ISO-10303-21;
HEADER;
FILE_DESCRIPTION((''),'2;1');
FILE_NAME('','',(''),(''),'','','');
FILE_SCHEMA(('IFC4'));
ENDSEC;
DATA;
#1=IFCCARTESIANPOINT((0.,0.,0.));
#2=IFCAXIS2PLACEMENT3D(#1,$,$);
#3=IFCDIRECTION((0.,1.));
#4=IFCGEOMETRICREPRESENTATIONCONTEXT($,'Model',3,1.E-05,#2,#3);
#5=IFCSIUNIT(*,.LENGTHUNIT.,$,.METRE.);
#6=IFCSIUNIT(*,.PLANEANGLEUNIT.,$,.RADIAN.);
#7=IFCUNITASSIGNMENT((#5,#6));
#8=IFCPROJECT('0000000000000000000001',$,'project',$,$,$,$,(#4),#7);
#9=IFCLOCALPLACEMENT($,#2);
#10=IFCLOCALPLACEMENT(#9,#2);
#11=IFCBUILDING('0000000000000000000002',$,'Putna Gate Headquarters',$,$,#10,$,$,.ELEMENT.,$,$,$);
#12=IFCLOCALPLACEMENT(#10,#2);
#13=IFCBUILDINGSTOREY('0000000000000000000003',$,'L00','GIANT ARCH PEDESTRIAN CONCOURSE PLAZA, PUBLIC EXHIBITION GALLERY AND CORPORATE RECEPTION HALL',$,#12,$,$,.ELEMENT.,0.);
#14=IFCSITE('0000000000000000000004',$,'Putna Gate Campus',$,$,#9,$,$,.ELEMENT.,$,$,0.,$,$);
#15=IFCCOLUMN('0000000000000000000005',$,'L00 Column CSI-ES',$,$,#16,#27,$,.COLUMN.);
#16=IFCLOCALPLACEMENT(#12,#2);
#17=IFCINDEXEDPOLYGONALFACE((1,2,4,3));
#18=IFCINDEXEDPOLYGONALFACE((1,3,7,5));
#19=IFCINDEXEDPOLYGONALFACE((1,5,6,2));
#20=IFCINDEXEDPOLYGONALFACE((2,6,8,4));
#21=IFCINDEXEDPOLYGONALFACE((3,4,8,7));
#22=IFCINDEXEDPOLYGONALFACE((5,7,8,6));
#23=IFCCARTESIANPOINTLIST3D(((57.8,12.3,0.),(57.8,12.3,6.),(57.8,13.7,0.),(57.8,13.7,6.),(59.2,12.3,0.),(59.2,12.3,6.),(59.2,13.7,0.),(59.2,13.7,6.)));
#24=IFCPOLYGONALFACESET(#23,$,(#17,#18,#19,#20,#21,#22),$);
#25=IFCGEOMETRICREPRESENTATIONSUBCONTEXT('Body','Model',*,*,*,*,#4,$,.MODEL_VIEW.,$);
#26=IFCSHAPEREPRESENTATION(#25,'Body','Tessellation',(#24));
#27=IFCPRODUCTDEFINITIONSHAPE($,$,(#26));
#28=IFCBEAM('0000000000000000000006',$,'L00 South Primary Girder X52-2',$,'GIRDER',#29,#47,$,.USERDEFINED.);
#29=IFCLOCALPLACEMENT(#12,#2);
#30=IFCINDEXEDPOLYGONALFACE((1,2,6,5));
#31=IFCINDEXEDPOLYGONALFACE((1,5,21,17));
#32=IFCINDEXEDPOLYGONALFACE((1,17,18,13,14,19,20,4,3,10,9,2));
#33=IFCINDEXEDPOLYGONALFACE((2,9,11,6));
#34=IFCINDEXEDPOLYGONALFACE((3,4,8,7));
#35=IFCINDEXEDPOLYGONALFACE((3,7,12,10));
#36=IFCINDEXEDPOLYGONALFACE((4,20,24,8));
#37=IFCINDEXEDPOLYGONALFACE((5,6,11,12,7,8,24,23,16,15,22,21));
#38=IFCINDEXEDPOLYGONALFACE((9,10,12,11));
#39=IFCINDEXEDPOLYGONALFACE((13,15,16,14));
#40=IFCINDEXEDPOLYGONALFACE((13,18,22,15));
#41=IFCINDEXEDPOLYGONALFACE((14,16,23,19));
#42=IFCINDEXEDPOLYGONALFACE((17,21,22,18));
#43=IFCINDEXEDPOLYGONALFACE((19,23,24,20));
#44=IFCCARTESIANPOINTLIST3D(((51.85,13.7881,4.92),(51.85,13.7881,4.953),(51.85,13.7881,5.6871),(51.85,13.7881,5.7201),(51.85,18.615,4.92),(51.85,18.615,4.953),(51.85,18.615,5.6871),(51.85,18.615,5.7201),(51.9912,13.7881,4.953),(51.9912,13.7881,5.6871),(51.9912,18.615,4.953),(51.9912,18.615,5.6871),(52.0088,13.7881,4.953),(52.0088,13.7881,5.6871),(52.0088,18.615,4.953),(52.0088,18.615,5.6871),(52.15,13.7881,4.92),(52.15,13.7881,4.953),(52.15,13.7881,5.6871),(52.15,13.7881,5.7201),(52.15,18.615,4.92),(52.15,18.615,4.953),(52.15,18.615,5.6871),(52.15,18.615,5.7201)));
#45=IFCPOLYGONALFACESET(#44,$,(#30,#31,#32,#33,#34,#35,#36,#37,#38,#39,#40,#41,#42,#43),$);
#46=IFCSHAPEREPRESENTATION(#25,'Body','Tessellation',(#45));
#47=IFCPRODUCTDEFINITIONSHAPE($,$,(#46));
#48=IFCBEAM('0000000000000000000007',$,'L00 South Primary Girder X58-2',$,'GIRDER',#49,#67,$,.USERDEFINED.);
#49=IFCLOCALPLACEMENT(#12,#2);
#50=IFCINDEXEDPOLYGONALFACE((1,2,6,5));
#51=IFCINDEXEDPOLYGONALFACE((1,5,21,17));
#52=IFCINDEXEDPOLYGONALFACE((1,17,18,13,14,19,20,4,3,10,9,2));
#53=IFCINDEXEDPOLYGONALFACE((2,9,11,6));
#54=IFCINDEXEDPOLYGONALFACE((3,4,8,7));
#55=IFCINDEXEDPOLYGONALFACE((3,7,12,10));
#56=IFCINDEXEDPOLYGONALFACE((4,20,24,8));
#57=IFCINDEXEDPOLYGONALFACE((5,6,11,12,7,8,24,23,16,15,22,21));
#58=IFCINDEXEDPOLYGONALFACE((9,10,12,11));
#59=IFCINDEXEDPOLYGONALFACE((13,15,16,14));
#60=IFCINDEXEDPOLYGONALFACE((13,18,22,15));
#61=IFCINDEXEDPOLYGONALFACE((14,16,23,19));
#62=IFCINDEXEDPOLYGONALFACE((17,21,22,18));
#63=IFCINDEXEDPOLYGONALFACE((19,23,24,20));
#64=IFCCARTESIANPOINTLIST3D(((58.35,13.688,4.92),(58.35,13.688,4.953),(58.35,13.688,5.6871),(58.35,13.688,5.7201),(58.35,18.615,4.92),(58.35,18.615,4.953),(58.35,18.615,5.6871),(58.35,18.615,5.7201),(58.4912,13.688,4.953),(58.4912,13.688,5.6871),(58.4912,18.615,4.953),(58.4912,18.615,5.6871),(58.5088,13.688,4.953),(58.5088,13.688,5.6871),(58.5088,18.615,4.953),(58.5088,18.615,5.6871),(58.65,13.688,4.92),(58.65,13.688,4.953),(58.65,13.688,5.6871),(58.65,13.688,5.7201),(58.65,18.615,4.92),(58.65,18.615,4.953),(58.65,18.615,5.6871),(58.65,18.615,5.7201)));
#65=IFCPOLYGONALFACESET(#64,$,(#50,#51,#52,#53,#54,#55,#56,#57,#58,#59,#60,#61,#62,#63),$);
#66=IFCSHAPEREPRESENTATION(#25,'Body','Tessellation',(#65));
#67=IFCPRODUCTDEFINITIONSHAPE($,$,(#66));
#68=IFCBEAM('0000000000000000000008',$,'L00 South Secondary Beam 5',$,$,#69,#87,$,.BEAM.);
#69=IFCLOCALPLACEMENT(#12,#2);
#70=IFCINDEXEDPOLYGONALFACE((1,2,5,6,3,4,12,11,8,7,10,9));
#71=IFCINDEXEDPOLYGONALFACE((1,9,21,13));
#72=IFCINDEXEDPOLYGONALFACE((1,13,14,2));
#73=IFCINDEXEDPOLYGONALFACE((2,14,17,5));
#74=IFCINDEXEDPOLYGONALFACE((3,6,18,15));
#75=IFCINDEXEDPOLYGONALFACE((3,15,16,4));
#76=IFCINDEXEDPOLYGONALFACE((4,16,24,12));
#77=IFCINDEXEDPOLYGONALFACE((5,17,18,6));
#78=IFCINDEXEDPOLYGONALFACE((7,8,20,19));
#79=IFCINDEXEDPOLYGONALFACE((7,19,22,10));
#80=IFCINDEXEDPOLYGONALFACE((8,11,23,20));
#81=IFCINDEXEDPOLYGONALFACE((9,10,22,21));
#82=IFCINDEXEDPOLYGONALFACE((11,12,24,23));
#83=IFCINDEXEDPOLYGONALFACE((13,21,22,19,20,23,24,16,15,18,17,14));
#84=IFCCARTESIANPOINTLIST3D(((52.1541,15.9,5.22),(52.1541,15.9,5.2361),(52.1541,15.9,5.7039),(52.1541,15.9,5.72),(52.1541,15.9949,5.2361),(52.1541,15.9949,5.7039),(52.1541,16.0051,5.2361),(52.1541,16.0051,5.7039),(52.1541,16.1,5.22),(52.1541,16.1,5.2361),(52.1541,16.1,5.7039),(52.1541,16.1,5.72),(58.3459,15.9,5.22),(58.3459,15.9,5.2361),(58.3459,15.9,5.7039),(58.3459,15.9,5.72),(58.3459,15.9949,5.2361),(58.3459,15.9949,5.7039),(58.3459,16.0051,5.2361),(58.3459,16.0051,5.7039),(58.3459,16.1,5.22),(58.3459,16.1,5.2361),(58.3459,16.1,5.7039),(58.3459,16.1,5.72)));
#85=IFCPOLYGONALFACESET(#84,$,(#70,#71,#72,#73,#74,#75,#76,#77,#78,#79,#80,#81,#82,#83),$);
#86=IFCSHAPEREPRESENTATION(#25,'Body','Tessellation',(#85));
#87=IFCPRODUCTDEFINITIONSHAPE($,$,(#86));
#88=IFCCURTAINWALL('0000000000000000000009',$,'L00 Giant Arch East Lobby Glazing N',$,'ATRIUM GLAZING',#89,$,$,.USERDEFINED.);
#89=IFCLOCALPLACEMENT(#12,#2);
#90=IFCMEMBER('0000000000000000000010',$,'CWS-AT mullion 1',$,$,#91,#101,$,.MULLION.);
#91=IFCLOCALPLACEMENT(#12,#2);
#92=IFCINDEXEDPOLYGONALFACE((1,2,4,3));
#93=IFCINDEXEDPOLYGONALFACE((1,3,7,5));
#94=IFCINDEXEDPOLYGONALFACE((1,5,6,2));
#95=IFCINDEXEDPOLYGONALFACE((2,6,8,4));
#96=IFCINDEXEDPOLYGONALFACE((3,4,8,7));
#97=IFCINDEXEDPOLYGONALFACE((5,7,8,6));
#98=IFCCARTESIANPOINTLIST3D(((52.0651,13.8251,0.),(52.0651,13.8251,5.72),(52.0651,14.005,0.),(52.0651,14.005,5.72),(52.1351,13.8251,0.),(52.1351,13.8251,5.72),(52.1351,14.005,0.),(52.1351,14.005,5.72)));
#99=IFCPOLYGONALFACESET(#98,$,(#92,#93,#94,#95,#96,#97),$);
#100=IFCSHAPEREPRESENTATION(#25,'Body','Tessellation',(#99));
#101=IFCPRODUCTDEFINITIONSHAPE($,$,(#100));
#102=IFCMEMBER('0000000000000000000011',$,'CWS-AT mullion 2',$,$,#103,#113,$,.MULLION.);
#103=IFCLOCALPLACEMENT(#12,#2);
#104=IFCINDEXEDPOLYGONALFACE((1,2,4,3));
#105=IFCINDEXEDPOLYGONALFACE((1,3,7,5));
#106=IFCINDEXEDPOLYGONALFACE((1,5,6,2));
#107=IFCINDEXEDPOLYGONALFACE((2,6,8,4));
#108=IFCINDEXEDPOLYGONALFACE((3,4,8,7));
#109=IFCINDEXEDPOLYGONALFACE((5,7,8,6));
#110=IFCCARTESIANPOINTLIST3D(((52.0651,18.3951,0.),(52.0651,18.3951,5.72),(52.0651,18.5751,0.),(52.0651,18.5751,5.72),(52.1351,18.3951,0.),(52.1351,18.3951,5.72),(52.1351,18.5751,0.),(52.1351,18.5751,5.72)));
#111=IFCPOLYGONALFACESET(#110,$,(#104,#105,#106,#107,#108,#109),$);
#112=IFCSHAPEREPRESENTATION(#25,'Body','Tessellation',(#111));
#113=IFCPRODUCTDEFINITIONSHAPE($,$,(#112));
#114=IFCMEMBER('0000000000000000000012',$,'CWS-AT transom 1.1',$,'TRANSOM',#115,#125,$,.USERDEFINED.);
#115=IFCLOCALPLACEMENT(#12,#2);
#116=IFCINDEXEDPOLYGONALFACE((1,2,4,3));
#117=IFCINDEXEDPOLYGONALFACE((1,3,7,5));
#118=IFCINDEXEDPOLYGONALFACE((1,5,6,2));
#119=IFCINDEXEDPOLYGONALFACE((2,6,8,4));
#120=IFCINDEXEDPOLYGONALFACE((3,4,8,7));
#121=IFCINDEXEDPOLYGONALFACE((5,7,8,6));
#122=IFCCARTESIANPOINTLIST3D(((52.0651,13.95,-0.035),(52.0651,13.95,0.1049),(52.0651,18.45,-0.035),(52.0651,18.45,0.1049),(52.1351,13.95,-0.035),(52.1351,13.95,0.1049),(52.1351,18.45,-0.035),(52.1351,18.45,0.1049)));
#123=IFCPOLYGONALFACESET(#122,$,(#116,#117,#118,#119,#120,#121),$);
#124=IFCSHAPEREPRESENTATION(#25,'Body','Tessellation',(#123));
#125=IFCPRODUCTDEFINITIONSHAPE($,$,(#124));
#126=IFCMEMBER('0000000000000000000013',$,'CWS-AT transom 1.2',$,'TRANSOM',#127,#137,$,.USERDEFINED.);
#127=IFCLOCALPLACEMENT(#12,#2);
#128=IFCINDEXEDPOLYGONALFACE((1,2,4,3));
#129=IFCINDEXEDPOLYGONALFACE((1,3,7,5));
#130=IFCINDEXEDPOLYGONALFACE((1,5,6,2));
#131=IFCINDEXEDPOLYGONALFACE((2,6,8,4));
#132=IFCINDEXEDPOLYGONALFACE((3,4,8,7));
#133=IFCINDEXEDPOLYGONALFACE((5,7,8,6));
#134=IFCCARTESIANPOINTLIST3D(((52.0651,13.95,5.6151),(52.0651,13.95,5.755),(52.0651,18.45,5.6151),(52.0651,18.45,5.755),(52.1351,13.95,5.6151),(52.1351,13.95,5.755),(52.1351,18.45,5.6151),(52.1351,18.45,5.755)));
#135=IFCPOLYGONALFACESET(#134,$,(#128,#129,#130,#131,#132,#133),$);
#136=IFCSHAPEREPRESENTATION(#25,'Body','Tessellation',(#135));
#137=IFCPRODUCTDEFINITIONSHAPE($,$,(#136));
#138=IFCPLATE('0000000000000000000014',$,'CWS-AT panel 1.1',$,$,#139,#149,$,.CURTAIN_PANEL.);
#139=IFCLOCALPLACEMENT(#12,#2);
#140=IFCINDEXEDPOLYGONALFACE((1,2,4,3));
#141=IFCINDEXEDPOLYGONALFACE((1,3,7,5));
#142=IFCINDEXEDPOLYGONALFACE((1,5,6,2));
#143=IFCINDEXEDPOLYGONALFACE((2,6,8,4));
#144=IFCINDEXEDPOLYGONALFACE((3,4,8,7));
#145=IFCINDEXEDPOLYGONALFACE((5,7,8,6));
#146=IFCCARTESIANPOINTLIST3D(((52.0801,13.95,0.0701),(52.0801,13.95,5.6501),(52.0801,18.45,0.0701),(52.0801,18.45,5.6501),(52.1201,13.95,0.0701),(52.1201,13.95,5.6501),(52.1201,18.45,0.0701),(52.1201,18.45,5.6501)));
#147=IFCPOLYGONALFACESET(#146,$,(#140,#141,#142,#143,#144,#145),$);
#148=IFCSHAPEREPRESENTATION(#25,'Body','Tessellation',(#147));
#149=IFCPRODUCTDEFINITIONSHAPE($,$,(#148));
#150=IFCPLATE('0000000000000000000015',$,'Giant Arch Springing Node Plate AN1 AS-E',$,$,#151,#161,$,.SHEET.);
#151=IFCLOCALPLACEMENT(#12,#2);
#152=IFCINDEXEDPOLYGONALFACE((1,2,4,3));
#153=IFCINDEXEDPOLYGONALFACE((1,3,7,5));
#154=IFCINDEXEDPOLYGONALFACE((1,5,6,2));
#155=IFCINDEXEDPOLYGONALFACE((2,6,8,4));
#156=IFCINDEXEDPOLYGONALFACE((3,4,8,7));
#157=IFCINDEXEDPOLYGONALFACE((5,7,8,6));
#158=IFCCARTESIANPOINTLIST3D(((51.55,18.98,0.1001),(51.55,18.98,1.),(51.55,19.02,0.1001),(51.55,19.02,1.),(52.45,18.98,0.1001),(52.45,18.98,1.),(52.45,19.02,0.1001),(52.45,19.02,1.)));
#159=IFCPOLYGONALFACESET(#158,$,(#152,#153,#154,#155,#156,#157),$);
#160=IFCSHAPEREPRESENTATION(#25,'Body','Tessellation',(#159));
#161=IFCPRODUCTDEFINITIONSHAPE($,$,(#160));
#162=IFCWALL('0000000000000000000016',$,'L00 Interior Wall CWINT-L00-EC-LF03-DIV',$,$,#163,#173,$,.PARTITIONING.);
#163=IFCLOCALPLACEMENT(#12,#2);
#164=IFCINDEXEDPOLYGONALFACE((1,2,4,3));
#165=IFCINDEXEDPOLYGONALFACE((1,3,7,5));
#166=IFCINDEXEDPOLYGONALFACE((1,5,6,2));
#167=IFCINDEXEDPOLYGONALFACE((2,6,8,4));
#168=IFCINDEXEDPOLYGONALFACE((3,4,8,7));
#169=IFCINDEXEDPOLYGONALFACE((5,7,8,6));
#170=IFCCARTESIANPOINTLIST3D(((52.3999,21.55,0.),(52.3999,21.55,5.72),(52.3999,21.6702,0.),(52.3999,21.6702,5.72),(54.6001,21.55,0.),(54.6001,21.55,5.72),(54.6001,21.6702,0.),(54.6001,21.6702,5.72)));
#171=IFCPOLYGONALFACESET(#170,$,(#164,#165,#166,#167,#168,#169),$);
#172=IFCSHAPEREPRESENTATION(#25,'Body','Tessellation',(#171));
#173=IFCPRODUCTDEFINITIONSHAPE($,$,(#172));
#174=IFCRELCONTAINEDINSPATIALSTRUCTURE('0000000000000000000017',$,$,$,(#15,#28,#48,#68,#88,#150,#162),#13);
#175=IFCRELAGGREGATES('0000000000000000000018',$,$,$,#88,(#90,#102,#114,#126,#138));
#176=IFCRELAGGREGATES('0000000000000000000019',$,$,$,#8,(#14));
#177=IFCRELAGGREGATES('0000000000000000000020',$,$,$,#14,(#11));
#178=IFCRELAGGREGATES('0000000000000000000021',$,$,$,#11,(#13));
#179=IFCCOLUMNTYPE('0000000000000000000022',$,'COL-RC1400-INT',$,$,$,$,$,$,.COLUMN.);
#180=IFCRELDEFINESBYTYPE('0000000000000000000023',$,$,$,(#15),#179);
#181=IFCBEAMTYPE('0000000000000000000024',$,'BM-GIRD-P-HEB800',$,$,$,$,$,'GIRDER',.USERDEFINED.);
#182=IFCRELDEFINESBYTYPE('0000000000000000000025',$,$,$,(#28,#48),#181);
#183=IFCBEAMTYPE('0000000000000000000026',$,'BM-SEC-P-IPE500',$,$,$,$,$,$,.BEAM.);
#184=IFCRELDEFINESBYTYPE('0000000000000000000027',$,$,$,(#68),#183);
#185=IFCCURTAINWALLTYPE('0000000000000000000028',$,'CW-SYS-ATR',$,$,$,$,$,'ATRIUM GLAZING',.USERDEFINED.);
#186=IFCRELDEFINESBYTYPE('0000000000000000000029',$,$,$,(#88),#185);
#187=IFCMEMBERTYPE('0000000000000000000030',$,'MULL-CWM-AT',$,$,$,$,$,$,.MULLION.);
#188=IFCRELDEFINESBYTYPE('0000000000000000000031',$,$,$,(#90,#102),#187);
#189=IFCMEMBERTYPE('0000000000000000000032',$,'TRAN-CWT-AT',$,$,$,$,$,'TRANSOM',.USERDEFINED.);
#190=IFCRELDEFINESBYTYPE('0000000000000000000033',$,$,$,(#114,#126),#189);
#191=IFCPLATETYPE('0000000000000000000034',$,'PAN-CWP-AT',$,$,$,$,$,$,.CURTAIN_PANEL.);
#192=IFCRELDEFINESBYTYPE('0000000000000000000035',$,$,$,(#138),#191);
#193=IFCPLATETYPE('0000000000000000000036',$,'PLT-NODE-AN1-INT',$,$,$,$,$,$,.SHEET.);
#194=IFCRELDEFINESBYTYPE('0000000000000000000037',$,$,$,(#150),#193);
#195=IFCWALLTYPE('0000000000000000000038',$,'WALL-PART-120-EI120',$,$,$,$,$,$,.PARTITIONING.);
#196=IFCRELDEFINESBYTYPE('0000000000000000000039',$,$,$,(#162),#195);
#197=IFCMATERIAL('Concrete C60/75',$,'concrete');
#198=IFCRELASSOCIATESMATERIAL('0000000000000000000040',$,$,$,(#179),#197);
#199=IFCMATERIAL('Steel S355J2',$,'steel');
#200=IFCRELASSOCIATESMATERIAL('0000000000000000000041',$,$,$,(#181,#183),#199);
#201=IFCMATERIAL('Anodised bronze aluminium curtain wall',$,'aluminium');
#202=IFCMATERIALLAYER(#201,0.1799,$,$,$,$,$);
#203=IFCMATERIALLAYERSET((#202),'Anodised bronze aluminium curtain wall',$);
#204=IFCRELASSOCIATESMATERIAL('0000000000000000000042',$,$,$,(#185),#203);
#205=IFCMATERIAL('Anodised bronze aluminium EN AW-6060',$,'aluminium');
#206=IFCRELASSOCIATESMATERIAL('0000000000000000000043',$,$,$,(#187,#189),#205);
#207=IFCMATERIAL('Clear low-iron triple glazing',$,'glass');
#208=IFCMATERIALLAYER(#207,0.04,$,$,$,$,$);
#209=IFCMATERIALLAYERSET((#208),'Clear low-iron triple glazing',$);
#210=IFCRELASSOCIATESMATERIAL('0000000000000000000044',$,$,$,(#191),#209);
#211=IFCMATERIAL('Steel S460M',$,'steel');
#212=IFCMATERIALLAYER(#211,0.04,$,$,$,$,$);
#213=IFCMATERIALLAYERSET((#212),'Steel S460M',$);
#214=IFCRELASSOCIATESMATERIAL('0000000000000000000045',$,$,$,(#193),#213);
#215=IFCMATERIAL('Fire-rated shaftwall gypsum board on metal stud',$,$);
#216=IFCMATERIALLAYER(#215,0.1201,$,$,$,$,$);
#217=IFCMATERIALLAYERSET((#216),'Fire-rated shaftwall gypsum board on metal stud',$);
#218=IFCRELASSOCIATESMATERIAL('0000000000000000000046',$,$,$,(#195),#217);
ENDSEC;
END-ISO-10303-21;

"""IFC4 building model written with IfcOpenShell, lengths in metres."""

from ifc_helpers import new_model, si_unit, direction, frame, frame_2d, origin, origin_2d, place, context, subcontext, project, spatial, rectangle, i_section, extrude, material, layer, layer_set, material_profile, profile_set, type_object, element, aggregate, save


model = new_model("IFC4")

# Units and contexts
model_context = context("Model", 3, precision=1e-05, world=origin(), true_north=direction((0.0, 1.0)))
body_context = subcontext(model_context, "Body", "Model", "MODEL_VIEW")
ifc_project = project(units=[si_unit("LENGTHUNIT", "METRE"), si_unit("PLANEANGLEUNIT", "RADIAN")], contexts=[model_context])

# Site, building, storey
site_placement = place(None, origin())
site = spatial("IfcSite", under=ifc_project, at=site_placement, Name="Putna Gate Campus", CompositionType="ELEMENT", RefElevation=0.0)
building_placement = place(site_placement, origin())
building = spatial("IfcBuilding", under=site, at=building_placement, Name="Putna Gate Headquarters", CompositionType="ELEMENT")
storey_placement = place(building_placement, origin())
storey = spatial("IfcBuildingStorey", under=building, at=storey_placement, Name="L00", Description="GIANT ARCH PEDESTRIAN CONCOURSE PLAZA, PUBLIC EXHIBITION GALLERY AND CORPORATE RECEPTION HALL", CompositionType="ELEMENT", Elevation=0.0)

# Column
ifc_material_1 = material(Name="Concrete C60/75", Category="concrete")
ifc_material_profile_1 = material_profile(ifc_material_1, rectangle(XDim=1.3999, YDim=1.3999, at=origin_2d()), Name="Concrete C60/75")
ifc_profile_set_1 = profile_set([ifc_material_profile_1], Name="Concrete C60/75")
column_type = type_object("IfcColumnType", Name="COL-RC1400-INT", PredefinedType="COLUMN", material=ifc_profile_set_1)
column_placement = place(storey_placement, frame((58.5, 13.0, 0.0), z_axis=(0.0, 0.0, 1.0), x_axis=(1.0, 0.0, 0.0)))
element("IfcColumn", 1, at=column_placement, inside=storey, type_object=column_type, Name="L00 Column CSI-ES", PredefinedType="COLUMN", context=body_context, shape_type="SweptSolid", body=[
    extrude(rectangle(XDim=1.3999, YDim=1.3999, at=origin_2d()), origin(), (0.0, 0.0, 1.0), 6.0),
])

# Beams
ifc_material_2 = material(Name="Steel S355J2", Category="steel")
ifc_material_profile_2 = material_profile(ifc_material_2, i_section(OverallWidth=0.3, OverallDepth=0.8, WebThickness=0.0176, FlangeThickness=0.033, at=origin_2d()), Name="Steel S355J2")
ifc_profile_set_2 = profile_set([ifc_material_profile_2], Name="Steel S355J2")
beam_type_1 = type_object("IfcBeamType", Name="BM-GIRD-P-HEB800", ElementType="GIRDER", PredefinedType="USERDEFINED", material=ifc_profile_set_2)
beam_1_placement = place(storey_placement, frame((52.0, 13.7881, 5.3201), z_axis=(0.0, 1.0, 0.0), x_axis=(-1.0, 0.0, 0.0)))
element("IfcBeam", 2, at=beam_1_placement, inside=storey, type_object=beam_type_1, Name="L00 South Primary Girder X52-2", ObjectType="GIRDER", PredefinedType="USERDEFINED", context=body_context, shape_type="SweptSolid", body=[
    extrude(i_section(OverallWidth=0.3, OverallDepth=0.8, WebThickness=0.0176, FlangeThickness=0.033, at=origin_2d()), origin(), (0.0, 0.0, 1.0), 4.8269),
])
beam_2_placement = place(storey_placement, frame((58.5, 13.688, 5.3201), z_axis=(0.0, 1.0, 0.0), x_axis=(-1.0, 0.0, 0.0)))
element("IfcBeam", 3, at=beam_2_placement, inside=storey, type_object=beam_type_1, Name="L00 South Primary Girder X58-2", ObjectType="GIRDER", PredefinedType="USERDEFINED", context=body_context, shape_type="SweptSolid", body=[
    extrude(i_section(OverallWidth=0.3, OverallDepth=0.8, WebThickness=0.0176, FlangeThickness=0.033, at=origin_2d()), origin(), (0.0, 0.0, 1.0), 4.927),
])
ifc_material_profile_3 = material_profile(ifc_material_2, i_section(OverallWidth=0.2, OverallDepth=0.5, WebThickness=0.0103, FlangeThickness=0.0161, at=origin_2d()), Name="Steel S355J2")
ifc_profile_set_3 = profile_set([ifc_material_profile_3], Name="Steel S355J2")
beam_type_2 = type_object("IfcBeamType", Name="BM-SEC-P-IPE500", PredefinedType="BEAM", material=ifc_profile_set_3)
beam_3_placement = place(storey_placement, frame((52.1541, 16.0, 5.47), z_axis=(1.0, 0.0, 0.0), x_axis=(0.0, 1.0, 0.0)))
element("IfcBeam", 4, at=beam_3_placement, inside=storey, type_object=beam_type_2, Name="L00 South Secondary Beam 5", PredefinedType="BEAM", context=body_context, shape_type="SweptSolid", body=[
    extrude(i_section(OverallWidth=0.2, OverallDepth=0.5, WebThickness=0.0103, FlangeThickness=0.0161, at=origin_2d()), origin(), (0.0, 0.0, 1.0), 6.1919),
])

# Curtain wall, members, plate
ifc_material_3 = material(Name="Anodised bronze aluminium curtain wall", Category="aluminium")
ifc_layer_1 = layer(ifc_material_3, 0.1799)
ifc_layer_set_1 = layer_set([ifc_layer_1], Name="Anodised bronze aluminium curtain wall")
curtain_wall_type = type_object("IfcCurtainWallType", Name="CW-SYS-ATR", ElementType="ATRIUM GLAZING", PredefinedType="USERDEFINED", material=ifc_layer_set_1)
curtain_wall_placement = place(storey_placement, origin())
curtain_wall = element("IfcCurtainWall", 5, at=curtain_wall_placement, inside=storey, type_object=curtain_wall_type, Name="L00 Giant Arch East Lobby Glazing N", ObjectType="ATRIUM GLAZING", PredefinedType="USERDEFINED")
ifc_material_4 = material(Name="Anodised bronze aluminium EN AW-6060", Category="aluminium")
ifc_material_profile_4 = material_profile(ifc_material_4, rectangle(XDim=0.0701, YDim=0.1799, at=origin_2d()), Name="Anodised bronze aluminium EN AW-6060")
ifc_profile_set_4 = profile_set([ifc_material_profile_4], Name="Anodised bronze aluminium EN AW-6060")
member_type_1 = type_object("IfcMemberType", Name="MULL-CWM-AT", PredefinedType="MULLION", material=ifc_profile_set_4)
member_1_placement = place(storey_placement, frame((52.1001, 13.915, 0.0), z_axis=(0.0, 0.0, 1.0), x_axis=(-1.0, 0.0, 0.0)))
member_1 = element("IfcMember", 6, at=member_1_placement, type_object=member_type_1, Name="CWS-AT mullion 1", PredefinedType="MULLION", context=body_context, shape_type="SweptSolid", body=[
    extrude(rectangle(XDim=0.0701, YDim=0.1799, at=origin_2d()), origin(), (0.0, 0.0, 1.0), 5.72),
])
member_2_placement = place(storey_placement, frame((52.1001, 18.4851, 0.0), z_axis=(0.0, 0.0, 1.0), x_axis=(-1.0, 0.0, 0.0)))
member_2 = element("IfcMember", 7, at=member_2_placement, type_object=member_type_1, Name="CWS-AT mullion 2", PredefinedType="MULLION", context=body_context, shape_type="SweptSolid", body=[
    extrude(rectangle(XDim=0.0701, YDim=0.1799, at=origin_2d()), origin(), (0.0, 0.0, 1.0), 5.72),
])
ifc_material_profile_5 = material_profile(ifc_material_4, rectangle(XDim=0.0701, YDim=0.1399, at=origin_2d()), Name="Anodised bronze aluminium EN AW-6060")
ifc_profile_set_5 = profile_set([ifc_material_profile_5], Name="Anodised bronze aluminium EN AW-6060")
member_type_2 = type_object("IfcMemberType", Name="TRAN-CWT-AT", ElementType="TRANSOM", PredefinedType="USERDEFINED", material=ifc_profile_set_5)
member_3_placement = place(storey_placement, frame((52.1001, 13.95, 0.0349), z_axis=(0.0, 1.0, 0.0), x_axis=(-1.0, 0.0, 0.0)))
member_3 = element("IfcMember", 8, at=member_3_placement, type_object=member_type_2, Name="CWS-AT transom 1.1", ObjectType="TRANSOM", PredefinedType="USERDEFINED", context=body_context, shape_type="SweptSolid", body=[
    extrude(rectangle(XDim=0.0701, YDim=0.1399, at=origin_2d()), origin(), (0.0, 0.0, 1.0), 4.5),
])
member_4_placement = place(storey_placement, frame((52.1001, 13.95, 5.6851), z_axis=(0.0, 1.0, 0.0), x_axis=(-1.0, 0.0, 0.0)))
member_4 = element("IfcMember", 9, at=member_4_placement, type_object=member_type_2, Name="CWS-AT transom 1.2", ObjectType="TRANSOM", PredefinedType="USERDEFINED", context=body_context, shape_type="SweptSolid", body=[
    extrude(rectangle(XDim=0.0701, YDim=0.1399, at=origin_2d()), origin(), (0.0, 0.0, 1.0), 4.5),
])
ifc_material_5 = material(Name="Clear low-iron triple glazing", Category="glass")
ifc_layer_2 = layer(ifc_material_5, 0.04)
ifc_layer_set_2 = layer_set([ifc_layer_2], Name="Clear low-iron triple glazing")
plate_type_1 = type_object("IfcPlateType", Name="PAN-CWP-AT", PredefinedType="CURTAIN_PANEL", material=ifc_layer_set_2)
plate_1_placement = place(storey_placement, frame((52.1001, 16.2, 0.0701), z_axis=(0.0, 0.0, 1.0), x_axis=(0.0, 1.0, 0.0)))
plate_1 = element("IfcPlate", 10, at=plate_1_placement, type_object=plate_type_1, Name="CWS-AT panel 1.1", PredefinedType="CURTAIN_PANEL", context=body_context, shape_type="SweptSolid", body=[
    extrude(rectangle(XDim=4.5, YDim=0.04, at=origin_2d()), origin(), (0.0, 0.0, 1.0), 5.5801),
])
aggregate(curtain_wall, [member_1, member_2, member_3, member_4, plate_1])

# Plate
ifc_material_6 = material(Name="Steel S460M", Category="steel")
ifc_layer_3 = layer(ifc_material_6, 0.04)
ifc_layer_set_3 = layer_set([ifc_layer_3], Name="Steel S460M")
plate_type_2 = type_object("IfcPlateType", Name="PLT-NODE-AN1-INT", PredefinedType="SHEET", material=ifc_layer_set_3)
plate_2_placement = place(storey_placement, frame((52.0, 19.0, 0.1001), z_axis=(0.0, 0.0, 1.0), x_axis=(1.0, 0.0, 0.0)))
element("IfcPlate", 11, at=plate_2_placement, inside=storey, type_object=plate_type_2, Name="Giant Arch Springing Node Plate AN1 AS-E", PredefinedType="SHEET", context=body_context, shape_type="SweptSolid", body=[
    extrude(rectangle(XDim=0.8999, YDim=0.04, at=origin_2d()), origin(), (0.0, 0.0, 1.0), 0.8999),
])

# Wall
ifc_material_7 = material(Name="Fire-rated shaftwall gypsum board on metal stud")
ifc_layer_4 = layer(ifc_material_7, 0.1201)
ifc_layer_set_4 = layer_set([ifc_layer_4], Name="Fire-rated shaftwall gypsum board on metal stud")
wall_type_1 = type_object("IfcWallType", Name="WALL-PART-120-EI120", PredefinedType="PARTITIONING", material=ifc_layer_set_4)
wall_1_placement = place(storey_placement, frame((52.3999, 21.6101, 0.0), z_axis=(0.0, 0.0, 1.0), x_axis=(1.0, 0.0, 0.0)))
element("IfcWall", 12, at=wall_1_placement, inside=storey, type_object=wall_type_1, Name="L00 Interior Wall CWINT-L00-EC-LF03-DIV", PredefinedType="PARTITIONING", context=body_context, shape_type="SweptSolid", body=[
    extrude(rectangle(XDim=2.2002, YDim=0.1201, at=frame_2d((1.1001, 0.0))), origin(), (0.0, 0.0, 1.0), 5.72),
])

save(model, "model.ifc")
